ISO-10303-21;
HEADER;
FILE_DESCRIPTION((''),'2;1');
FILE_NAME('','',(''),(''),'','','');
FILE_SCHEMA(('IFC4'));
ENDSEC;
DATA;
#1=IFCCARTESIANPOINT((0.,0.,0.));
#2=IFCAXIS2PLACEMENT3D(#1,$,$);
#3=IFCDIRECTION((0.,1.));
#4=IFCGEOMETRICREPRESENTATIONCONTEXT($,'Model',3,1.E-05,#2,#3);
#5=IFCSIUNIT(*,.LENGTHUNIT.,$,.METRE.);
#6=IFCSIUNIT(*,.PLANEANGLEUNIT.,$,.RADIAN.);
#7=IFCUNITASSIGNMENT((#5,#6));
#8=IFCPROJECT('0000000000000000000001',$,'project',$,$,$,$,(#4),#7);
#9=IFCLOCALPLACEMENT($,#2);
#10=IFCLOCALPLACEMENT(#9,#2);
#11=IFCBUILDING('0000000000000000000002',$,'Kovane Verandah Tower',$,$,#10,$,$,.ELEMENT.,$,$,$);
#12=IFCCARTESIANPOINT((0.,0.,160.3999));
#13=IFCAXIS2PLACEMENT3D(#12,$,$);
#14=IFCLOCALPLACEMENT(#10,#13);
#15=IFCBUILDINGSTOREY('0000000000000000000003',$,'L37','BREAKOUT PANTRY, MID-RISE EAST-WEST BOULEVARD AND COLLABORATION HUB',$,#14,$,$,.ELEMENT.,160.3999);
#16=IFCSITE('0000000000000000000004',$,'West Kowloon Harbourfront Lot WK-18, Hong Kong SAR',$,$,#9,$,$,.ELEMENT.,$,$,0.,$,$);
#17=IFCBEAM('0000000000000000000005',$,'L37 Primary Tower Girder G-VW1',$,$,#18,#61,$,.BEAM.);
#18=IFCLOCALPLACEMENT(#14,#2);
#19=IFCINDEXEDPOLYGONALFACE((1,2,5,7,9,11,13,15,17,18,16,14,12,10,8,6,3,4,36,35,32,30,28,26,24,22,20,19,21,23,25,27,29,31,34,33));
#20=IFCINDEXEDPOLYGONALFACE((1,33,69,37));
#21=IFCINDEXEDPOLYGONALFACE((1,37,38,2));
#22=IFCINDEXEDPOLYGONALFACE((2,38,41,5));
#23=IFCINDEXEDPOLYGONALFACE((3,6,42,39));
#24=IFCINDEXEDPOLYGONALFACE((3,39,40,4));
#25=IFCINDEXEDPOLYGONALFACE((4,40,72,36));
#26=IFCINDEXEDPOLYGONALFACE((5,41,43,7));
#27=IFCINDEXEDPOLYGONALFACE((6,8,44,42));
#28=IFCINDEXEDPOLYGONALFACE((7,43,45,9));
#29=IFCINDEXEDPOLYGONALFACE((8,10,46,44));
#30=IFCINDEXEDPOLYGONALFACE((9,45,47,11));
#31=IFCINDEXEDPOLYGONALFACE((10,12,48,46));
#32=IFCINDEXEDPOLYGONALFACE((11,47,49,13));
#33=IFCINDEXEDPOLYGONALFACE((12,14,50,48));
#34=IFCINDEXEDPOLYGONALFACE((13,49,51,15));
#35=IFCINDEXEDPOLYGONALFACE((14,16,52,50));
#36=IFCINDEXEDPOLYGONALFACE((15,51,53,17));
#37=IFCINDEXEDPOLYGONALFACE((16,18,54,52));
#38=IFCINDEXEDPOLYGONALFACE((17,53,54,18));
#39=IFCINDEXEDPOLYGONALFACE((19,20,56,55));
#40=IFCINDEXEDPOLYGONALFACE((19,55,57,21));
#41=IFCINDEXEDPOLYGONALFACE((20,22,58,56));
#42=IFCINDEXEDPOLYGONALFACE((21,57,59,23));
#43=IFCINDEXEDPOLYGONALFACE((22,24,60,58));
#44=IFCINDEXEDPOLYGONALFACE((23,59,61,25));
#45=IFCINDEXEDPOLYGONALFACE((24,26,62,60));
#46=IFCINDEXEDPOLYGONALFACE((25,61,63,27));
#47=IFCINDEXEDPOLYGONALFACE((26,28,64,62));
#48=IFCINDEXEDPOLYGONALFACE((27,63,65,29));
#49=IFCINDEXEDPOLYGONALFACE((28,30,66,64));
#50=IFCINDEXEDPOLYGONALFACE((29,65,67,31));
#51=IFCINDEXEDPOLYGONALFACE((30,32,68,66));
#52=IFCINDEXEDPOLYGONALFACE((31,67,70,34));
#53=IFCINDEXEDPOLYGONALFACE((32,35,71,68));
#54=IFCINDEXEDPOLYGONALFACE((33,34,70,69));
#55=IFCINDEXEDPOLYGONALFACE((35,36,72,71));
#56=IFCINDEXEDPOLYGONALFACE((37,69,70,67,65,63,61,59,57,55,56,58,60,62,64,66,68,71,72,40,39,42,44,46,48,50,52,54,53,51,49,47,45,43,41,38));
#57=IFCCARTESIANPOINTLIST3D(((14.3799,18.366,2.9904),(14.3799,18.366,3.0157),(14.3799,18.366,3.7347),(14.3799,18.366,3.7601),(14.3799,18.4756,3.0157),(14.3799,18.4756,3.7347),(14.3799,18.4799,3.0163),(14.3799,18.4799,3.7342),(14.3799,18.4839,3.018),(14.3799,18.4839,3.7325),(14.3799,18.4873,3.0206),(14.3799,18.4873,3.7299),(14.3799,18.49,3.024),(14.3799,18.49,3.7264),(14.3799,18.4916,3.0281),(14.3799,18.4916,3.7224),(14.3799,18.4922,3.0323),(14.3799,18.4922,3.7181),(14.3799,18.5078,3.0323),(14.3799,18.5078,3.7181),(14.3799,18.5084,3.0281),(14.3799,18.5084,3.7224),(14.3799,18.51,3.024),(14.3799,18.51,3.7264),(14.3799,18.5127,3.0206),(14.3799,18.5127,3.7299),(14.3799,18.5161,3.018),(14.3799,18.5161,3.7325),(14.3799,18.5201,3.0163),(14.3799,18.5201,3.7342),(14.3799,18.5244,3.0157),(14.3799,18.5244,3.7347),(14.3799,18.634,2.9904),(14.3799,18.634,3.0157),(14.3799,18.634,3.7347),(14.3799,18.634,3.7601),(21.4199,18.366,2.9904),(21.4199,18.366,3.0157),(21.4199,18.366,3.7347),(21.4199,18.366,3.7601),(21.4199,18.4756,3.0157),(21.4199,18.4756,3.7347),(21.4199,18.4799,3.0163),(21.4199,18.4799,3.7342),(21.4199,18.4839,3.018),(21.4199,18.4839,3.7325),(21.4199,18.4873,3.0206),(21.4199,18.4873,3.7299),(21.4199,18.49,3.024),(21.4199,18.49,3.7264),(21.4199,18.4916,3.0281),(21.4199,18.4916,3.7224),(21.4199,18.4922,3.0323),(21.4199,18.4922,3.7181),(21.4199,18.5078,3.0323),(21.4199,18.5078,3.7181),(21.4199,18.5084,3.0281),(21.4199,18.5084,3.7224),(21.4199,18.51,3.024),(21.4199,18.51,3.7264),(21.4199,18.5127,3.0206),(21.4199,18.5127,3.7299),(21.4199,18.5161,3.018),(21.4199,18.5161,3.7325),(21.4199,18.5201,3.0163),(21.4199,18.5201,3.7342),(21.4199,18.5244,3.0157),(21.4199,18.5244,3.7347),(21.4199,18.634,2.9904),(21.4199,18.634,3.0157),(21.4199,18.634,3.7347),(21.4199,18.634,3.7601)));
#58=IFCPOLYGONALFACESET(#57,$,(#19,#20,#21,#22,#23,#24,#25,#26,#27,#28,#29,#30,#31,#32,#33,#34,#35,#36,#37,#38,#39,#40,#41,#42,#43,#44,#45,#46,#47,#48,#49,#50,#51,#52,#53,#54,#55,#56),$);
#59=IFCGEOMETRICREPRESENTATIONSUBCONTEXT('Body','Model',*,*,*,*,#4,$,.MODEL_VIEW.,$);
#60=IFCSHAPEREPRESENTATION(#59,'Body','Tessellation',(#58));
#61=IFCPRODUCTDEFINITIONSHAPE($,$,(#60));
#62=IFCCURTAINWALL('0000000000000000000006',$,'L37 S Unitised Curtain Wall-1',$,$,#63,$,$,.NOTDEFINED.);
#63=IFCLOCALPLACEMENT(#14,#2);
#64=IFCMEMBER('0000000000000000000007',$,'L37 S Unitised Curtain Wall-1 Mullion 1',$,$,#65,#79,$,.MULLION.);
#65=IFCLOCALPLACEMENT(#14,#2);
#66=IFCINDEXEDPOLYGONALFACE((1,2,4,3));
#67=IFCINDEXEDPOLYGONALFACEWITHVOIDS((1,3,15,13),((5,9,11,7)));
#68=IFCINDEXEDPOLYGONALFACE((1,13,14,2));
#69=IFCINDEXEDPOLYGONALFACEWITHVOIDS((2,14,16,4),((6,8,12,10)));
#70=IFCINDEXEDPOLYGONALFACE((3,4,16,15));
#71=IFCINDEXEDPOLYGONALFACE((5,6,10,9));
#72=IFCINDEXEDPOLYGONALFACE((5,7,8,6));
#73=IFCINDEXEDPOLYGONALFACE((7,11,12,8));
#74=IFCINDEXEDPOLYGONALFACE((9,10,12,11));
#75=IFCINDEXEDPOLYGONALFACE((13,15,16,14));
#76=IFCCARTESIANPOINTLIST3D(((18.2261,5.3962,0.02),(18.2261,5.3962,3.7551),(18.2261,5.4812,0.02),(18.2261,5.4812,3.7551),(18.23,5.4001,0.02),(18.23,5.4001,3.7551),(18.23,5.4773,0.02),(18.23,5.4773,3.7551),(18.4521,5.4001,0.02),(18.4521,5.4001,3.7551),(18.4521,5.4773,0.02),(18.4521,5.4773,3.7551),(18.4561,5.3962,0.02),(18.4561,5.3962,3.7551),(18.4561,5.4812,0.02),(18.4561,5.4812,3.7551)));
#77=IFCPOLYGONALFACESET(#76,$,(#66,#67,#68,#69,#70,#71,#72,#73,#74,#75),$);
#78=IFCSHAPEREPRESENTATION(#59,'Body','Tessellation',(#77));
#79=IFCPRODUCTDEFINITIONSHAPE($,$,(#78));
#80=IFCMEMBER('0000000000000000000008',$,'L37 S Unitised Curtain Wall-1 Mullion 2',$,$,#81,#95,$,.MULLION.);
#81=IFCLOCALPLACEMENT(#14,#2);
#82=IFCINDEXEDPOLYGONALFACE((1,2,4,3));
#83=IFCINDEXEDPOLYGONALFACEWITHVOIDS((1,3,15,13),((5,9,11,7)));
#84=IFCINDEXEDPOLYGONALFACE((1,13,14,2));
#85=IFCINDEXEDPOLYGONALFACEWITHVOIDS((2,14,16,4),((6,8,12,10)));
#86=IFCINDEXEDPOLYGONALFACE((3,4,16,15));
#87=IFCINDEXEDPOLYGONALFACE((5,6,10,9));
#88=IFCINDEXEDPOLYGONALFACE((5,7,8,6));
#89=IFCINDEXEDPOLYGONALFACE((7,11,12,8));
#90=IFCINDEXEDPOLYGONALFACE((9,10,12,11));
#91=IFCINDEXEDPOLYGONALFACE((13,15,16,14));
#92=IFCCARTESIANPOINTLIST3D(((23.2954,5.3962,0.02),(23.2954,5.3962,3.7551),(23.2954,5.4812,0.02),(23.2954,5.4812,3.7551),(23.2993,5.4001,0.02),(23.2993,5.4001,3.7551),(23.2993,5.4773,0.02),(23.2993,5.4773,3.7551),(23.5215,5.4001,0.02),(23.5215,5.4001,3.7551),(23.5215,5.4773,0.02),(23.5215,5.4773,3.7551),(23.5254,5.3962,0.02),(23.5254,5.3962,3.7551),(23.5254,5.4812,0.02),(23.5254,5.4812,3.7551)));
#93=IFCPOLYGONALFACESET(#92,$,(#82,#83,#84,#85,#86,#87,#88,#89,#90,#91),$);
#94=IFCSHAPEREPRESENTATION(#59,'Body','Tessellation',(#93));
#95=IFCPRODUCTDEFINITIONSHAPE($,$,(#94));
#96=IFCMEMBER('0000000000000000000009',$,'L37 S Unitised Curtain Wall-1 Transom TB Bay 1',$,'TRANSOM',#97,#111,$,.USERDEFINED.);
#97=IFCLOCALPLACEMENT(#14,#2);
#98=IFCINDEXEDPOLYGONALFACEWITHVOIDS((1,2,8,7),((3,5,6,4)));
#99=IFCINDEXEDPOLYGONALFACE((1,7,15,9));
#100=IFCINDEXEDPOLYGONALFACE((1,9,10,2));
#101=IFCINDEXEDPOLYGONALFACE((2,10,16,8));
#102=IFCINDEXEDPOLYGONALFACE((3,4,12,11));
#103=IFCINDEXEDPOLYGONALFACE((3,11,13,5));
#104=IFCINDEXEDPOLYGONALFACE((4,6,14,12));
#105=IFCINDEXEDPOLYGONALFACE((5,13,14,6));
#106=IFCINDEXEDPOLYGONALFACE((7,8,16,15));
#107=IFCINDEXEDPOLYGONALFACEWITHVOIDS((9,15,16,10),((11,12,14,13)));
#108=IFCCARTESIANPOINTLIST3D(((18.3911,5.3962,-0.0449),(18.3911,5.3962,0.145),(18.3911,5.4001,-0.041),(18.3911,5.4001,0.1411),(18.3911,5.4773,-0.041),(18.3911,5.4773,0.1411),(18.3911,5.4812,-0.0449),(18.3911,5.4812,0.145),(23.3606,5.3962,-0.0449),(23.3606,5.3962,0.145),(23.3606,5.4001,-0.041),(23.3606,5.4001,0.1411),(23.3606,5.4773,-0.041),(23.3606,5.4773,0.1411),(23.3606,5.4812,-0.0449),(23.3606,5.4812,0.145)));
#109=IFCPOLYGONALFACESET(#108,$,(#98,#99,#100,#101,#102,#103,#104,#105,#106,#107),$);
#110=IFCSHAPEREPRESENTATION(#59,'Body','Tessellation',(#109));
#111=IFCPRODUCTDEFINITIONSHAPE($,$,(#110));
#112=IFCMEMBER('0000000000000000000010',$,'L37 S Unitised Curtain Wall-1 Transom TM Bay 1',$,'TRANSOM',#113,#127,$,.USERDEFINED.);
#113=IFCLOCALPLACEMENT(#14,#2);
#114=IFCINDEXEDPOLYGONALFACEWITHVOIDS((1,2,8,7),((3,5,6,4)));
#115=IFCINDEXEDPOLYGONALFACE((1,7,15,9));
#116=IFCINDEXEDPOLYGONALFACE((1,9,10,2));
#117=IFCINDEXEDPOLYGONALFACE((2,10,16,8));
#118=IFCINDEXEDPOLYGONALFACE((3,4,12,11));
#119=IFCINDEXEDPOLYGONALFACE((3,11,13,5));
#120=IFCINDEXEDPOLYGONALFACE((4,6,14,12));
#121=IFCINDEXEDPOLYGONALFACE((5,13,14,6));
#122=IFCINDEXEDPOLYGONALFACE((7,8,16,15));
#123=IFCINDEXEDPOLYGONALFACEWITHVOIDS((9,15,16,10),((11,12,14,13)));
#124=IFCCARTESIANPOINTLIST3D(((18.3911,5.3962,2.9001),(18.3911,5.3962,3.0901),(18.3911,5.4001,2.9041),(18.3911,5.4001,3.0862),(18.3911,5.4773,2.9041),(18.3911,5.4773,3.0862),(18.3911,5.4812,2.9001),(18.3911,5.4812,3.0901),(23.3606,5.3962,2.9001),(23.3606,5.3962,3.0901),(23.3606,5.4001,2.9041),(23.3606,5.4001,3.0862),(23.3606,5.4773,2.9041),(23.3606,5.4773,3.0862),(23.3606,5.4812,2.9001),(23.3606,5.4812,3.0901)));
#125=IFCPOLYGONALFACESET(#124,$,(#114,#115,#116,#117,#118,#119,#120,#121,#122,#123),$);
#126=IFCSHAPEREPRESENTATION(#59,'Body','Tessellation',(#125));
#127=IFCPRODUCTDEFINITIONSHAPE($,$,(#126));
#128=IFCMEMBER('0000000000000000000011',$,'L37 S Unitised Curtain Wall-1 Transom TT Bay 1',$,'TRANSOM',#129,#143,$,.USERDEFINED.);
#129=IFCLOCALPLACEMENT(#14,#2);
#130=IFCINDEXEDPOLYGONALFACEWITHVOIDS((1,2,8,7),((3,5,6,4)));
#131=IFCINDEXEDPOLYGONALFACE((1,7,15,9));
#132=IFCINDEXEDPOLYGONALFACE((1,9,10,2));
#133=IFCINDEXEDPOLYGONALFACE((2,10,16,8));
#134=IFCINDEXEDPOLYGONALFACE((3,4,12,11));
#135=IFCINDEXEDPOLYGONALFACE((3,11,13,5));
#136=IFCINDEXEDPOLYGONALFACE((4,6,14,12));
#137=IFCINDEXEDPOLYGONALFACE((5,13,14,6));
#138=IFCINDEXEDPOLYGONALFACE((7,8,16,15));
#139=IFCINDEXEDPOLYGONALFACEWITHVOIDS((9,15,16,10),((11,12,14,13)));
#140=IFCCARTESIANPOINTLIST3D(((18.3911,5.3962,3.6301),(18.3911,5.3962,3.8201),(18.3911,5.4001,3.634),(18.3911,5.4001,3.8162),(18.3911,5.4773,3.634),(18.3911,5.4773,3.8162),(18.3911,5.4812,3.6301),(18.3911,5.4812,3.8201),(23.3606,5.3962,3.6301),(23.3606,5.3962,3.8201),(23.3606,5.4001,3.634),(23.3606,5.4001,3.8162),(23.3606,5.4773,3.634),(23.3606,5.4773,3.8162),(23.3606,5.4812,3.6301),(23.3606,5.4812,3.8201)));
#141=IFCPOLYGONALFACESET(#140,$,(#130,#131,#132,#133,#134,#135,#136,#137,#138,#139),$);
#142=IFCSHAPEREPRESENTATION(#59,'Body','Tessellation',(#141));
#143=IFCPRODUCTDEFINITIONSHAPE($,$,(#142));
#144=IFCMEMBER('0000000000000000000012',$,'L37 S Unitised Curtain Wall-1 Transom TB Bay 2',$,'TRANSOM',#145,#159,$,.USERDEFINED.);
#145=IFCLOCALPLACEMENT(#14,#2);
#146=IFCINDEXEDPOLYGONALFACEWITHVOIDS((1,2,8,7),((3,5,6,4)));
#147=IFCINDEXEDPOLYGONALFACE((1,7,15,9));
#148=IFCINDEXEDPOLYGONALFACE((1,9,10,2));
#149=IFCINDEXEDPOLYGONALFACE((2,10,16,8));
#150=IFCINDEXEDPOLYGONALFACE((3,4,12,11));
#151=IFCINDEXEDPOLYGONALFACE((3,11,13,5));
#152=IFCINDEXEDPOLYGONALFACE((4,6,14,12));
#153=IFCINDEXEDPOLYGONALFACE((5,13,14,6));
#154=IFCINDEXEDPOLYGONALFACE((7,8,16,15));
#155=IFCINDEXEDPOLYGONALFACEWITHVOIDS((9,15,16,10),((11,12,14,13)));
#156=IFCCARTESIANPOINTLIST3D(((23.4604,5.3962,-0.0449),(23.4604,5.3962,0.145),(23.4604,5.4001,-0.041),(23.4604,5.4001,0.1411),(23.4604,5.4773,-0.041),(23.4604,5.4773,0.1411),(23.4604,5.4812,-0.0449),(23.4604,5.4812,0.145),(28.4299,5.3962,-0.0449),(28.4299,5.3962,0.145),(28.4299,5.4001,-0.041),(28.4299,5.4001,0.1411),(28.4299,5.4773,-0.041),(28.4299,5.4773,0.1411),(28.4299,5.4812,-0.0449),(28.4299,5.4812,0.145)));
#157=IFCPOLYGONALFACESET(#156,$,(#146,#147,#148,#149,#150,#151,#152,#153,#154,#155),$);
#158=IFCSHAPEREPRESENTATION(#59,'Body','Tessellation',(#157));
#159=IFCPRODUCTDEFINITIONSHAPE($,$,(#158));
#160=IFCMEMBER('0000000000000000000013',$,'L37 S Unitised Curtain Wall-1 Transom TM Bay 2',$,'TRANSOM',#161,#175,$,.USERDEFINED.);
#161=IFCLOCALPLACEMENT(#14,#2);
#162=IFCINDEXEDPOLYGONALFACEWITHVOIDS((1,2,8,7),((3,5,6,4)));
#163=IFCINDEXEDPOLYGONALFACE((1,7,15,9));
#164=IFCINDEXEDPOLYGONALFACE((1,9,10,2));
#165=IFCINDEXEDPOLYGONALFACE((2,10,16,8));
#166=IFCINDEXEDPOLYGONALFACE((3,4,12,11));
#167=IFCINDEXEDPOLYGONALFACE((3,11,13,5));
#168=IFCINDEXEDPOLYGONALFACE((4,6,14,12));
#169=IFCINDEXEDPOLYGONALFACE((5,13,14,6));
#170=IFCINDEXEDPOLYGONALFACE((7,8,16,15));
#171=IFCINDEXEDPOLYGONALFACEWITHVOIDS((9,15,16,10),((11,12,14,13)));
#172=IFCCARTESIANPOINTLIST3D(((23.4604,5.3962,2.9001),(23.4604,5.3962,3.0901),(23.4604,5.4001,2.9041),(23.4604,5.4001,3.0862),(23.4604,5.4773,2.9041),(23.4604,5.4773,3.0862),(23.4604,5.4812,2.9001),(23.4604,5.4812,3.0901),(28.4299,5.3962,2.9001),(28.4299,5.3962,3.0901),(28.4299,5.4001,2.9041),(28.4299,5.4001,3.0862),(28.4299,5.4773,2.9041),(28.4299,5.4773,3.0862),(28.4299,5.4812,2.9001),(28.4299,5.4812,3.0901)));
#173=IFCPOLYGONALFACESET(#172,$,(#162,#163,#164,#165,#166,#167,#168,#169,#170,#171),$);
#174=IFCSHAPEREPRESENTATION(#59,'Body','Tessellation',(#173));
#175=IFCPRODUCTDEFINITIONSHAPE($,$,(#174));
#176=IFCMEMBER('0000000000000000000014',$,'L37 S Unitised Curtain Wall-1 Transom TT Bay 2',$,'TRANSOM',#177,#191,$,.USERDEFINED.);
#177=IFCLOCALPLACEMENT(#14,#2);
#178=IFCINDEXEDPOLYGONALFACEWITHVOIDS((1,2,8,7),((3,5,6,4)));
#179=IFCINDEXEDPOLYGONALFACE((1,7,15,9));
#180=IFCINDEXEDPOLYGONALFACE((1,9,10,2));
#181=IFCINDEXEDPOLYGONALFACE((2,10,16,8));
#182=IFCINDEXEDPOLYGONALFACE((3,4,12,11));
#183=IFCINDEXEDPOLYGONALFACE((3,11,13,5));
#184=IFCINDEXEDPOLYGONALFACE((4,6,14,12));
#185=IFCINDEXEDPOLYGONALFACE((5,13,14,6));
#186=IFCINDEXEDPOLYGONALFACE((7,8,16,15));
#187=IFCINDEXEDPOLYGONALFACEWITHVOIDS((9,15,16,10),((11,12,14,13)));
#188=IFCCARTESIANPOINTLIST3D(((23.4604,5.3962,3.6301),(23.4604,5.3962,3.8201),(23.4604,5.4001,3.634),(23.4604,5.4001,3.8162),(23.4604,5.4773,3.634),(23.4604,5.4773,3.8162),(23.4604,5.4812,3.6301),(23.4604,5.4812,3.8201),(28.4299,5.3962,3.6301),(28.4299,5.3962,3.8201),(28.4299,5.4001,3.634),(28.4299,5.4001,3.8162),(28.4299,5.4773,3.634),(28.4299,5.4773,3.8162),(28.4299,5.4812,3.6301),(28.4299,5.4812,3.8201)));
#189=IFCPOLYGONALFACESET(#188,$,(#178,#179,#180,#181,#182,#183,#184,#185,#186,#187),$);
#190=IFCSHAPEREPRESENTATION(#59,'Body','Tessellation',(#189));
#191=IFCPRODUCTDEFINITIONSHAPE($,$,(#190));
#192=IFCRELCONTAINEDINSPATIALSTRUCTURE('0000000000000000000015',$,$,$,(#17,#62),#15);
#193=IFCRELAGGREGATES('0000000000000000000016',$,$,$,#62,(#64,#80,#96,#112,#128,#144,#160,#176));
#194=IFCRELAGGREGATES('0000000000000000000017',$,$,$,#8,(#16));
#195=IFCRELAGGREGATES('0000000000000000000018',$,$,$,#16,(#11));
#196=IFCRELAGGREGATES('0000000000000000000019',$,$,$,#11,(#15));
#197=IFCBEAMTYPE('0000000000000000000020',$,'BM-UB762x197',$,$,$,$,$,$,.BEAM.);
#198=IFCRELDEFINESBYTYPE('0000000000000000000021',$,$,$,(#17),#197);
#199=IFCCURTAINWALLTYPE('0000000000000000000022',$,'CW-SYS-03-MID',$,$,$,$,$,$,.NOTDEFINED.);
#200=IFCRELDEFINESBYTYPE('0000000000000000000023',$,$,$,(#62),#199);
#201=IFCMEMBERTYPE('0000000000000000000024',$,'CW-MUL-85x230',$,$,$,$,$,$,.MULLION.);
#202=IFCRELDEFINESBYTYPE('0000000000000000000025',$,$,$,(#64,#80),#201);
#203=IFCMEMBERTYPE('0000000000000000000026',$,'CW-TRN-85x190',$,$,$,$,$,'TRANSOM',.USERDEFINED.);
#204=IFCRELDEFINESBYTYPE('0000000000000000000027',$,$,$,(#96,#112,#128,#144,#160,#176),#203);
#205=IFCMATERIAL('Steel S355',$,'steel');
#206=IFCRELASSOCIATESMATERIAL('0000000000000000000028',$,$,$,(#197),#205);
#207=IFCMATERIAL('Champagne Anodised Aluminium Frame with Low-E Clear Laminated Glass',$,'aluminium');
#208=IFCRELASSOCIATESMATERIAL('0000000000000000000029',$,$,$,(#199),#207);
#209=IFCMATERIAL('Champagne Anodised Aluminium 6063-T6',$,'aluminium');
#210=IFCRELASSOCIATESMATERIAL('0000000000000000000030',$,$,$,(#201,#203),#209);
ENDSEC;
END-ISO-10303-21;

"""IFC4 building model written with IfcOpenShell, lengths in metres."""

from ifc_helpers import new_model, si_unit, direction, frame, origin, origin_2d, place, context, subcontext, project, spatial, hollow_rectangle, i_section, extrude, material, material_profile, profile_set, type_object, element, aggregate, save


model = new_model("IFC4")

# Units and contexts
model_context = context("Model", 3, precision=1e-05, world=origin(), true_north=direction((0.0, 1.0)))
body_context = subcontext(model_context, "Body", "Model", "MODEL_VIEW")
ifc_project = project(units=[si_unit("LENGTHUNIT", "METRE"), si_unit("PLANEANGLEUNIT", "RADIAN")], contexts=[model_context])

# Site, building, storey
site_placement = place(None, origin())
site = spatial("IfcSite", under=ifc_project, at=site_placement, Name="West Kowloon Harbourfront Lot WK-18, Hong Kong SAR", CompositionType="ELEMENT", RefElevation=0.0)
building_placement = place(site_placement, origin())
building = spatial("IfcBuilding", under=site, at=building_placement, Name="Kovane Verandah Tower", CompositionType="ELEMENT")
storey_placement = place(building_placement, frame((0.0, 0.0, 160.3999)))
storey = spatial("IfcBuildingStorey", under=building, at=storey_placement, Name="L37", Description="BREAKOUT PANTRY, MID-RISE EAST-WEST BOULEVARD AND COLLABORATION HUB", CompositionType="ELEMENT", Elevation=160.3999)

# Beam
ifc_material_1 = material(Name="Steel S355", Category="steel")
ifc_material_profile_1 = material_profile(ifc_material_1, i_section(OverallWidth=0.2681, OverallDepth=0.7698, WebThickness=0.0156, FlangeThickness=0.0254, FilletRadius=0.0166, at=origin_2d()), Name="UB762x267x197")
ifc_profile_set_1 = profile_set([ifc_material_profile_1], Name="Steel S355")
beam_type_1 = type_object("IfcBeamType", Name="BM-UB762x197", PredefinedType="BEAM", material=ifc_profile_set_1)
beam_1_placement = place(storey_placement, frame((21.4199, 18.5, 3.3752), z_axis=(-1.0, 0.0, 0.0), x_axis=(0.0, -1.0, 0.0)))
element("IfcBeam", 1, at=beam_1_placement, inside=storey, type_object=beam_type_1, Name="L37 Primary Tower Girder G-VW1", PredefinedType="BEAM", context=body_context, shape_type="SweptSolid", body=[
    extrude(i_section(OverallWidth=0.2681, OverallDepth=0.7698, WebThickness=0.0156, FlangeThickness=0.0254, FilletRadius=0.0166, at=origin_2d()), origin(), (0.0, 0.0, 1.0), 7.04),
])

# Curtain wall, members
ifc_material_2 = material(Name="Champagne Anodised Aluminium Frame with Low-E Clear Laminated Glass", Category="aluminium")
curtain_wall_type = type_object("IfcCurtainWallType", Name="CW-SYS-03-MID", PredefinedType="NOTDEFINED", material=ifc_material_2)
curtain_wall_placement = place(storey_placement, origin())
curtain_wall = element("IfcCurtainWall", 2, at=curtain_wall_placement, inside=storey, type_object=curtain_wall_type, Name="L37 S Unitised Curtain Wall-1", PredefinedType="NOTDEFINED")
ifc_material_3 = material(Name="Champagne Anodised Aluminium 6063-T6", Category="aluminium")
ifc_material_profile_2 = material_profile(ifc_material_3, hollow_rectangle(XDim=0.085, YDim=0.23, WallThickness=0.0039, at=origin_2d()), Name="AL85x230x4")
ifc_profile_set_2 = profile_set([ifc_material_profile_2], Name="Champagne Anodised Aluminium 6063-T6")
member_type_1 = type_object("IfcMemberType", Name="CW-MUL-85x230", PredefinedType="MULLION", material=ifc_profile_set_2)
member_1_placement = place(storey_placement, frame((18.3411, 5.4387, 0.02), z_axis=(0.0, 0.0, 1.0), x_axis=(0.0, -1.0, 0.0)))
member_1 = element("IfcMember", 3, at=member_1_placement, type_object=member_type_1, Name="L37 S Unitised Curtain Wall-1 Mullion 1", PredefinedType="MULLION", context=body_context, shape_type="SweptSolid", body=[
    extrude(hollow_rectangle(XDim=0.085, YDim=0.23, WallThickness=0.0039, at=origin_2d()), origin(), (0.0, 0.0, 1.0), 3.7351),
])
member_2_placement = place(storey_placement, frame((23.4104, 5.4387, 0.02), z_axis=(0.0, 0.0, 1.0), x_axis=(0.0, -1.0, 0.0)))
member_2 = element("IfcMember", 4, at=member_2_placement, type_object=member_type_1, Name="L37 S Unitised Curtain Wall-1 Mullion 2", PredefinedType="MULLION", context=body_context, shape_type="SweptSolid", body=[
    extrude(hollow_rectangle(XDim=0.085, YDim=0.23, WallThickness=0.0039, at=origin_2d()), origin(), (0.0, 0.0, 1.0), 3.7351),
])
ifc_material_profile_3 = material_profile(ifc_material_3, hollow_rectangle(XDim=0.085, YDim=0.1899, WallThickness=0.0039, at=origin_2d()), Name="AL85x190x4")
ifc_profile_set_3 = profile_set([ifc_material_profile_3], Name="Champagne Anodised Aluminium 6063-T6")
member_type_2 = type_object("IfcMemberType", Name="CW-TRN-85x190", ElementType="TRANSOM", PredefinedType="USERDEFINED", material=ifc_profile_set_3)
member_3_placement = place(storey_placement, frame((18.3911, 5.4387, 0.05), z_axis=(1.0, 0.0, 0.0), x_axis=(0.0, 1.0, 0.0)))
member_3 = element("IfcMember", 5, at=member_3_placement, type_object=member_type_2, Name="L37 S Unitised Curtain Wall-1 Transom TB Bay 1", ObjectType="TRANSOM", PredefinedType="USERDEFINED", context=body_context, shape_type="SweptSolid", body=[
    extrude(hollow_rectangle(XDim=0.085, YDim=0.1899, WallThickness=0.0039, at=origin_2d()), origin(), (0.0, 0.0, 1.0), 4.9695),
])
member_4_placement = place(storey_placement, frame((18.3911, 5.4387, 2.9951), z_axis=(1.0, 0.0, 0.0), x_axis=(0.0, 1.0, 0.0)))
member_4 = element("IfcMember", 6, at=member_4_placement, type_object=member_type_2, Name="L37 S Unitised Curtain Wall-1 Transom TM Bay 1", ObjectType="TRANSOM", PredefinedType="USERDEFINED", context=body_context, shape_type="SweptSolid", body=[
    extrude(hollow_rectangle(XDim=0.085, YDim=0.1899, WallThickness=0.0039, at=origin_2d()), origin(), (0.0, 0.0, 1.0), 4.9695),
])
member_5_placement = place(storey_placement, frame((18.3911, 5.4387, 3.7251), z_axis=(1.0, 0.0, 0.0), x_axis=(0.0, 1.0, 0.0)))
member_5 = element("IfcMember", 7, at=member_5_placement, type_object=member_type_2, Name="L37 S Unitised Curtain Wall-1 Transom TT Bay 1", ObjectType="TRANSOM", PredefinedType="USERDEFINED", context=body_context, shape_type="SweptSolid", body=[
    extrude(hollow_rectangle(XDim=0.085, YDim=0.1899, WallThickness=0.0039, at=origin_2d()), origin(), (0.0, 0.0, 1.0), 4.9695),
])
member_6_placement = place(storey_placement, frame((23.4604, 5.4387, 0.05), z_axis=(1.0, 0.0, 0.0), x_axis=(0.0, 1.0, 0.0)))
member_6 = element("IfcMember", 8, at=member_6_placement, type_object=member_type_2, Name="L37 S Unitised Curtain Wall-1 Transom TB Bay 2", ObjectType="TRANSOM", PredefinedType="USERDEFINED", context=body_context, shape_type="SweptSolid", body=[
    extrude(hollow_rectangle(XDim=0.085, YDim=0.1899, WallThickness=0.0039, at=origin_2d()), origin(), (0.0, 0.0, 1.0), 4.9695),
])
member_7_placement = place(storey_placement, frame((23.4604, 5.4387, 2.9951), z_axis=(1.0, 0.0, 0.0), x_axis=(0.0, 1.0, 0.0)))
member_7 = element("IfcMember", 9, at=member_7_placement, type_object=member_type_2, Name="L37 S Unitised Curtain Wall-1 Transom TM Bay 2", ObjectType="TRANSOM", PredefinedType="USERDEFINED", context=body_context, shape_type="SweptSolid", body=[
    extrude(hollow_rectangle(XDim=0.085, YDim=0.1899, WallThickness=0.0039, at=origin_2d()), origin(), (0.0, 0.0, 1.0), 4.9695),
])
member_8_placement = place(storey_placement, frame((23.4604, 5.4387, 3.7251), z_axis=(1.0, 0.0, 0.0), x_axis=(0.0, 1.0, 0.0)))
member_8 = element("IfcMember", 10, at=member_8_placement, type_object=member_type_2, Name="L37 S Unitised Curtain Wall-1 Transom TT Bay 2", ObjectType="TRANSOM", PredefinedType="USERDEFINED", context=body_context, shape_type="SweptSolid", body=[
    extrude(hollow_rectangle(XDim=0.085, YDim=0.1899, WallThickness=0.0039, at=origin_2d()), origin(), (0.0, 0.0, 1.0), 4.9695),
])

aggregate(curtain_wall, [member_1, member_2, member_3, member_4, member_5, member_6, member_7, member_8])

save(model, "model.ifc")
